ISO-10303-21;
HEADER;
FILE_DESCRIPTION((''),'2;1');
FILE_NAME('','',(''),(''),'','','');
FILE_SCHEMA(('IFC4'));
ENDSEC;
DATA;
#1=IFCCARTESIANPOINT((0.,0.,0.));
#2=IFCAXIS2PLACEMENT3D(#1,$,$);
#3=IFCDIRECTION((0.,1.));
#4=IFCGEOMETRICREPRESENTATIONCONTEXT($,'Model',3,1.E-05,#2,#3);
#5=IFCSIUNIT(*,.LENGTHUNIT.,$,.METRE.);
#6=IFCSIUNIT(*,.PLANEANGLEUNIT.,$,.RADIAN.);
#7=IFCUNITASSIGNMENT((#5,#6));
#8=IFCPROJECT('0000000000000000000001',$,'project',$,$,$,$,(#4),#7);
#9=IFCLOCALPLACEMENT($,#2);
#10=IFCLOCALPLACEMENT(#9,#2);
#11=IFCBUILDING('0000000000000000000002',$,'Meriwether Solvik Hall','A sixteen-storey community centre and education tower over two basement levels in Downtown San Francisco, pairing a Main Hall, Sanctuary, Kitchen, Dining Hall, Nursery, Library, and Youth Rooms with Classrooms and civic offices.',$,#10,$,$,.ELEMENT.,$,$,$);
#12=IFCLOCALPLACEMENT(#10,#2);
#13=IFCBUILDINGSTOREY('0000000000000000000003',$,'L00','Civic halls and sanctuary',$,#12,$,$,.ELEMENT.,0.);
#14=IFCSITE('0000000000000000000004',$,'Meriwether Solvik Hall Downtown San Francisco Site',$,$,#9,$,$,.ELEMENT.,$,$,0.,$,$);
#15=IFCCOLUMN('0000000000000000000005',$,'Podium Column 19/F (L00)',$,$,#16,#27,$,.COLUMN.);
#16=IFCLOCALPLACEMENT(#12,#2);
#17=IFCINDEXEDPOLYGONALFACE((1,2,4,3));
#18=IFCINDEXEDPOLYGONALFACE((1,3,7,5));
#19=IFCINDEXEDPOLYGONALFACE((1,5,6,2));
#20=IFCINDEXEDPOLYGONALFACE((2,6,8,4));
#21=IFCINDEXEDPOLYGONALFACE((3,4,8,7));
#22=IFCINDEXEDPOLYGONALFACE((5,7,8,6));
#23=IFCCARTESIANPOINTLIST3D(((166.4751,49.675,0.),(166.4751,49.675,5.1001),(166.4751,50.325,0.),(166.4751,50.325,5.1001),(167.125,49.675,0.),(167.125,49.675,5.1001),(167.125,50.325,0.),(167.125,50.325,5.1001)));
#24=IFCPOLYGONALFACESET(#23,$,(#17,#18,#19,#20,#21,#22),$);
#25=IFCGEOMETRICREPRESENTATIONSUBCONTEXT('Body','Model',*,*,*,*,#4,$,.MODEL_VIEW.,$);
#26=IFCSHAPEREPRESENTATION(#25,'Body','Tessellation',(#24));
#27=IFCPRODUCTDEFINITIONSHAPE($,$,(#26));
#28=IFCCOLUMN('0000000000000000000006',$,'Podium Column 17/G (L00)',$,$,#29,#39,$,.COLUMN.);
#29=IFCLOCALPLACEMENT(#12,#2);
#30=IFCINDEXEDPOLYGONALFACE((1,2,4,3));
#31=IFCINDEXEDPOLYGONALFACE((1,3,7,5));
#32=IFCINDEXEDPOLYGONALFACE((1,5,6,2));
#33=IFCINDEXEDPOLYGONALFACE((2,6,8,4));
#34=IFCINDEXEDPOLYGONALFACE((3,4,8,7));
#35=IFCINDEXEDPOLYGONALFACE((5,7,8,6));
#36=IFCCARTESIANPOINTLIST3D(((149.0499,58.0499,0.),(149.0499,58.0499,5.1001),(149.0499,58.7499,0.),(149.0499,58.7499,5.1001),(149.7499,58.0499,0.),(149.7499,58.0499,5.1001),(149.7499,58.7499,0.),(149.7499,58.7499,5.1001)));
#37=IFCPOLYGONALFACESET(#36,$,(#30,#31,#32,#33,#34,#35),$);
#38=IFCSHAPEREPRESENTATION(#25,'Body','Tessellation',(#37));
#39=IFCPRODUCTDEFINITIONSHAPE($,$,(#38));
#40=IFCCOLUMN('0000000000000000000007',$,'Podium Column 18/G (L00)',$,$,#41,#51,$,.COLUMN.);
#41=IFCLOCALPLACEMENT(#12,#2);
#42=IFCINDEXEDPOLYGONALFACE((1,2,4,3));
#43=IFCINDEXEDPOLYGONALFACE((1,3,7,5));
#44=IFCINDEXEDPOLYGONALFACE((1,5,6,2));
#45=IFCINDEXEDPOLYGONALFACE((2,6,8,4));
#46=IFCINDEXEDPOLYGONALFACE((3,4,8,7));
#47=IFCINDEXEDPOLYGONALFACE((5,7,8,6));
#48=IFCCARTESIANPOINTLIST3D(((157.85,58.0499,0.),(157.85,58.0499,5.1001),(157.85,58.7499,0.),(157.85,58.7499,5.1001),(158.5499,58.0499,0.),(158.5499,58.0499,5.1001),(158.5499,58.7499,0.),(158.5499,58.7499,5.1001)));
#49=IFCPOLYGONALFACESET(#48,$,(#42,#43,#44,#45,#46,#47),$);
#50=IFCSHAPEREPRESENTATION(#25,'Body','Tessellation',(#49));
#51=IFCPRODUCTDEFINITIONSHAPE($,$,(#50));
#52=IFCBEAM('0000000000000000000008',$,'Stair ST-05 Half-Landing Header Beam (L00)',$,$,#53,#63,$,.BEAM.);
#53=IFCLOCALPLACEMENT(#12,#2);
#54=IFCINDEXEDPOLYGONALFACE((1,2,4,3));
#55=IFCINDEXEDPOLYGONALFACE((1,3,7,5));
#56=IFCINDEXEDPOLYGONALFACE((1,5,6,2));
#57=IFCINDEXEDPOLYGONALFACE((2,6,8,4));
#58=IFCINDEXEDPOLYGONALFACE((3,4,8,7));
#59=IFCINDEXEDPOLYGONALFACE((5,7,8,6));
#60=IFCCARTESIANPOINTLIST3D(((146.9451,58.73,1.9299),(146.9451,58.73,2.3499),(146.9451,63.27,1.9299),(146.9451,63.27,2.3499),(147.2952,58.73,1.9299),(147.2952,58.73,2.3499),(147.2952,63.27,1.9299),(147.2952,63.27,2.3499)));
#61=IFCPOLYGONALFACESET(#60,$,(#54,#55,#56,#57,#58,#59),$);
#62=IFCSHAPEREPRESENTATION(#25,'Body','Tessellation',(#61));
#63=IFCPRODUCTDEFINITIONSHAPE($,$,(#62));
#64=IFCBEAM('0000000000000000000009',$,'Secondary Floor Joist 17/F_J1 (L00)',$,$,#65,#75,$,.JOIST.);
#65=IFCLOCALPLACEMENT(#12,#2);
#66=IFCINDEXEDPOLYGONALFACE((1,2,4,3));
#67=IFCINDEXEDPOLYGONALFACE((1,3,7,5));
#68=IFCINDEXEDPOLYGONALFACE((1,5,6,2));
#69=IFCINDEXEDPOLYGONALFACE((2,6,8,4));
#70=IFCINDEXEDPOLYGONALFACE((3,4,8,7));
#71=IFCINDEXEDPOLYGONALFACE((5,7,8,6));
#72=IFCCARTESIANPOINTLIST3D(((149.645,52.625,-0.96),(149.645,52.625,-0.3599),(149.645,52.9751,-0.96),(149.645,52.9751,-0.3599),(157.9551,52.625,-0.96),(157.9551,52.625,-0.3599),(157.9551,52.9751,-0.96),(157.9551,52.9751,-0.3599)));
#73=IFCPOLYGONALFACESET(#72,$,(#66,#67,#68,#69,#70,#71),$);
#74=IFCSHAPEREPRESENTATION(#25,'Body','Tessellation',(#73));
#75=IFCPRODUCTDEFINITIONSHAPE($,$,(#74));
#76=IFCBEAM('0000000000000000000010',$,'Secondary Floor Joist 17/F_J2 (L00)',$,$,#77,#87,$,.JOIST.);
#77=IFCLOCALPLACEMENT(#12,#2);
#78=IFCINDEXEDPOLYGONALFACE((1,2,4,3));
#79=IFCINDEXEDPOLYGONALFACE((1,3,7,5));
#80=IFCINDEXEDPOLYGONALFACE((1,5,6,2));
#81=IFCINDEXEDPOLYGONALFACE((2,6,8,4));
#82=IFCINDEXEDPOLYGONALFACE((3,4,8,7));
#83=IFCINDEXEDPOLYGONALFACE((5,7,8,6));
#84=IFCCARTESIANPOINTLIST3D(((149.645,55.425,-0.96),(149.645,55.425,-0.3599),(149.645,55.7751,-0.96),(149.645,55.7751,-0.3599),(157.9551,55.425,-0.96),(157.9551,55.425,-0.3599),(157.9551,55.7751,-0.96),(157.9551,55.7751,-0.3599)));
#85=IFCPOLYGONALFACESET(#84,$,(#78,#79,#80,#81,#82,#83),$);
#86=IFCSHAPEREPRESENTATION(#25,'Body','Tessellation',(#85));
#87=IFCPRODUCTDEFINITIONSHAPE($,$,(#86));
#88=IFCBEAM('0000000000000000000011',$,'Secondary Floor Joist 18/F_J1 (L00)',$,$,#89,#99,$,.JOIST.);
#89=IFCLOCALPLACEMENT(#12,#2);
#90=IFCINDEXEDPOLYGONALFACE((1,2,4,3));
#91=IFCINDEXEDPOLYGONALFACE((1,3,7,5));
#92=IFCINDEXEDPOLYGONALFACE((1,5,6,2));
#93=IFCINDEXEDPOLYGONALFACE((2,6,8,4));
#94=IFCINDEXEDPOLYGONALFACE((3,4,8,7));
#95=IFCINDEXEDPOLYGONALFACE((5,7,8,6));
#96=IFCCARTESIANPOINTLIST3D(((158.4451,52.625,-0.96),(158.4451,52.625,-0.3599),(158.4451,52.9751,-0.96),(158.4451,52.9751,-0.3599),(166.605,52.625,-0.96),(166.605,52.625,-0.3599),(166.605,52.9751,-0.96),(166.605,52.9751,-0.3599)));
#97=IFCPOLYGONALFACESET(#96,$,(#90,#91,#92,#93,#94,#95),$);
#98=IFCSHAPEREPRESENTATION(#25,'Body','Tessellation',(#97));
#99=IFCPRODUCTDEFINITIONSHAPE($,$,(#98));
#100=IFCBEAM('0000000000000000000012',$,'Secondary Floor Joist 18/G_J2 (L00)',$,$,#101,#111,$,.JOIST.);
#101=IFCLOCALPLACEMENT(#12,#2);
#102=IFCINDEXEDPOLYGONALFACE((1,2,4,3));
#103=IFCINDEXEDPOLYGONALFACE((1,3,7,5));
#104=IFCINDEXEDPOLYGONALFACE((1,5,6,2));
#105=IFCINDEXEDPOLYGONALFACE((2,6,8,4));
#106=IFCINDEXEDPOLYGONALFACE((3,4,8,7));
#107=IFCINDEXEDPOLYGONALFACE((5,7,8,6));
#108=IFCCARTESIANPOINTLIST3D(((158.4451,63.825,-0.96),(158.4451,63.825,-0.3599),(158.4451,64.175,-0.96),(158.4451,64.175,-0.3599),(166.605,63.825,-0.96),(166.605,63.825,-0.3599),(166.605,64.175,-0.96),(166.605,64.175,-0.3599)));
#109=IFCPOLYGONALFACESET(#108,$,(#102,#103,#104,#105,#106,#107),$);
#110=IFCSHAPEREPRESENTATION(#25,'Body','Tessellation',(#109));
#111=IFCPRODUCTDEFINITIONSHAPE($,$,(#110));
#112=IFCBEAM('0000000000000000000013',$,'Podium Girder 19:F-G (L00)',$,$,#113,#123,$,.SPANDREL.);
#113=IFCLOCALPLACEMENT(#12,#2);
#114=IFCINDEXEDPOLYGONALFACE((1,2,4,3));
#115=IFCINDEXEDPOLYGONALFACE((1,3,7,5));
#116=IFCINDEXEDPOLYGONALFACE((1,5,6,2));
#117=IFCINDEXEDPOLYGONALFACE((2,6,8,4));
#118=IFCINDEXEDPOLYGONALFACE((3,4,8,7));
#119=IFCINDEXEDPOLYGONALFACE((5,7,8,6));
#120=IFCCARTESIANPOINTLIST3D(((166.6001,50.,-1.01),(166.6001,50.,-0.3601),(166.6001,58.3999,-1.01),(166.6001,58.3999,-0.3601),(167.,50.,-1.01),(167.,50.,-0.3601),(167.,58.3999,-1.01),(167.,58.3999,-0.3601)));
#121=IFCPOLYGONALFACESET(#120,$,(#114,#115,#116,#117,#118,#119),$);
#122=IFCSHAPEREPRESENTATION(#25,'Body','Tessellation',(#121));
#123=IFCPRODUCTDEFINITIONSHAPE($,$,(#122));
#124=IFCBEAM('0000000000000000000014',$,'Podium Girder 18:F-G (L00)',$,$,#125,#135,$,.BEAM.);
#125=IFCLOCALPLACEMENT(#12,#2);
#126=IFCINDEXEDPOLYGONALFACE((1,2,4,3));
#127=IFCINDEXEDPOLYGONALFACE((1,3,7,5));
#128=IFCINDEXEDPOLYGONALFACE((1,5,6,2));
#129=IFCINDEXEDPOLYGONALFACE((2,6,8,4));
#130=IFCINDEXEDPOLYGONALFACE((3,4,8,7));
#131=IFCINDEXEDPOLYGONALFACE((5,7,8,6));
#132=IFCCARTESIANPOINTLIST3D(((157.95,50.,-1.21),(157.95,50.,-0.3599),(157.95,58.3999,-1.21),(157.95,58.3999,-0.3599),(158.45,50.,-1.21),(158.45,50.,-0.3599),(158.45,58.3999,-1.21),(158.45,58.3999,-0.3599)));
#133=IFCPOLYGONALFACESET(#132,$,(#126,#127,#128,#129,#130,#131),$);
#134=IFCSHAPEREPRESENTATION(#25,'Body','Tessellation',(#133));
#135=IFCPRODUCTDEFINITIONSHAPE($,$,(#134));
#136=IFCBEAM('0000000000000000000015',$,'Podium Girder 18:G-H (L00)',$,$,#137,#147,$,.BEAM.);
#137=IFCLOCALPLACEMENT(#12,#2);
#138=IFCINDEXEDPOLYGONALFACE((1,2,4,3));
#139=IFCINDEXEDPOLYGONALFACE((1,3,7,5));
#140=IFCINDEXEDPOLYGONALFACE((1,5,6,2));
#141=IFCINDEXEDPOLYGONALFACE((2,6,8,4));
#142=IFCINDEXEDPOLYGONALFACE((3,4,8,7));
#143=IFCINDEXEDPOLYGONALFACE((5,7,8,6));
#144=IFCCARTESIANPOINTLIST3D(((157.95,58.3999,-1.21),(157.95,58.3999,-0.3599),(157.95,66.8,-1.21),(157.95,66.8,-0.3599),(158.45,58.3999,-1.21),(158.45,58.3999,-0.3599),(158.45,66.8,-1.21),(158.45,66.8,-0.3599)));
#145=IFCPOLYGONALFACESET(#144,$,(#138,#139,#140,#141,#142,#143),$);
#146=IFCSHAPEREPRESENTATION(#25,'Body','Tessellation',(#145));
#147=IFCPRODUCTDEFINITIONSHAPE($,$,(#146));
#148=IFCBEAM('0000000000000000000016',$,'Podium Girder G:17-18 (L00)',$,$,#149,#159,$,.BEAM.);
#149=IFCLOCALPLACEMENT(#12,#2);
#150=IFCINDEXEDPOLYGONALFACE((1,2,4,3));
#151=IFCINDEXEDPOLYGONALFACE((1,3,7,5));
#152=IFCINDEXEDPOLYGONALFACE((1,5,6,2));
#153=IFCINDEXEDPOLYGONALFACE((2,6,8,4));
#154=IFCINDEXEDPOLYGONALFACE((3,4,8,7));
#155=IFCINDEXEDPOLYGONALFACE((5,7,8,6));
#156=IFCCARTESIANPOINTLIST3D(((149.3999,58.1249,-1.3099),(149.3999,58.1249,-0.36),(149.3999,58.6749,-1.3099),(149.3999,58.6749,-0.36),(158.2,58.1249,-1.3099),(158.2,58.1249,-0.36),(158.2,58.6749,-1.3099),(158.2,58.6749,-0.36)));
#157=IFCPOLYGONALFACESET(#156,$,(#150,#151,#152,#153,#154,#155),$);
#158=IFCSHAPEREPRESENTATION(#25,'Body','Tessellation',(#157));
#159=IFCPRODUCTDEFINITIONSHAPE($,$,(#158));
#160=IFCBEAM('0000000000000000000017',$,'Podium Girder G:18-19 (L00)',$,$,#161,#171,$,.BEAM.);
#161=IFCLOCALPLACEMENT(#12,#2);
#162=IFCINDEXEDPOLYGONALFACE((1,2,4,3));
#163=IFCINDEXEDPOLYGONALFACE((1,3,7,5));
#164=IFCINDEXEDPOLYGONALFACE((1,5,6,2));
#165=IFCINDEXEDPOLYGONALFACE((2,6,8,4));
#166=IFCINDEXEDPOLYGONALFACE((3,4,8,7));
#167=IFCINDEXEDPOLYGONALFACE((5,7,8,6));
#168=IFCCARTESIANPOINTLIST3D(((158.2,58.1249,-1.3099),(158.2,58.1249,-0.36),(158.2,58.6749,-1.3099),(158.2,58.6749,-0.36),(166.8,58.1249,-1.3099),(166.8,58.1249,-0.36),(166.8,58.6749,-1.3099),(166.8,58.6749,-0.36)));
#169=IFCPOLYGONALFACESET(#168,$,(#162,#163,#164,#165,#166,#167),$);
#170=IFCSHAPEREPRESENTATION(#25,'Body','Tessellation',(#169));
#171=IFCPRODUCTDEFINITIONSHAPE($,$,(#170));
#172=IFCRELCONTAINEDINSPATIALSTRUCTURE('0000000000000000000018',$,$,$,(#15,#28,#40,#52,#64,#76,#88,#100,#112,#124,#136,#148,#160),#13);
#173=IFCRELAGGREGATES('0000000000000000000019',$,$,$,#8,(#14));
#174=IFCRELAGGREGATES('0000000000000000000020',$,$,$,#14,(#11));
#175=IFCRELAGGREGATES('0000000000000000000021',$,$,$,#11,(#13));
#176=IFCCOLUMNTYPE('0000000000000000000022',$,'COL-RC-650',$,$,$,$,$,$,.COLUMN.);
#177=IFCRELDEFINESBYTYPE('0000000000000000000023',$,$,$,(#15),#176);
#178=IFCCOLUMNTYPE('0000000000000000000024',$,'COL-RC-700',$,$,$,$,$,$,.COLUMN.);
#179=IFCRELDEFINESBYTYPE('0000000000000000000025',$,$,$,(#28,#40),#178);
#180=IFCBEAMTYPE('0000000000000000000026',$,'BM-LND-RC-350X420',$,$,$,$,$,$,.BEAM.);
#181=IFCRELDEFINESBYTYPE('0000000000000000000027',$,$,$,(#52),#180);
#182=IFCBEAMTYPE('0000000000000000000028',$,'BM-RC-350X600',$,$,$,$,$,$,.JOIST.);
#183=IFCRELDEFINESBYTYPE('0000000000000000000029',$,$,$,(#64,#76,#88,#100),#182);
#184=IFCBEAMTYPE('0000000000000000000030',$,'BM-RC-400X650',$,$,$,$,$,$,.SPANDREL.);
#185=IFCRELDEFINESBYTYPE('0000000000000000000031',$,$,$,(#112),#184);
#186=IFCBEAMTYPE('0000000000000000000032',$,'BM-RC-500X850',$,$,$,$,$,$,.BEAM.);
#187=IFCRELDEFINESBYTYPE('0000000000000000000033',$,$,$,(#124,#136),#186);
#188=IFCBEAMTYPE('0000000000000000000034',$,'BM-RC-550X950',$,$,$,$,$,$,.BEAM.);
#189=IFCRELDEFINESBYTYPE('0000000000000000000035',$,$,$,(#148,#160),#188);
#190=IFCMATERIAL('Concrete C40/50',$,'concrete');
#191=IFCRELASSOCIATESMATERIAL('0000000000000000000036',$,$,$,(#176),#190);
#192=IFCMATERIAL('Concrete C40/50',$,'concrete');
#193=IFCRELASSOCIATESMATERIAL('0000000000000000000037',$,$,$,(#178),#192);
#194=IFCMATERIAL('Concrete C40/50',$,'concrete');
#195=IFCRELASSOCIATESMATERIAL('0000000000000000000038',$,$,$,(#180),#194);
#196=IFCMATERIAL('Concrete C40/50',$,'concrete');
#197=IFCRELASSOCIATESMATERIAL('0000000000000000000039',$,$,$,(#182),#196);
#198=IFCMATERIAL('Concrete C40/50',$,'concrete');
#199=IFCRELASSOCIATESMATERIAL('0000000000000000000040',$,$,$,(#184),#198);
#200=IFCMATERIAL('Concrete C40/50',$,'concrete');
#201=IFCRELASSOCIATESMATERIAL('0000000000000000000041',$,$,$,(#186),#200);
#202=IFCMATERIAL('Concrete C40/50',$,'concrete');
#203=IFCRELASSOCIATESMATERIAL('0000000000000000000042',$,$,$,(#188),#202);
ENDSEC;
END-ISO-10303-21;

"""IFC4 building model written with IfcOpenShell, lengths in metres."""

from ifc_helpers import new_model, si_unit, direction, frame, origin, origin_2d, place, context, subcontext, project, spatial, rectangle, extrude, material, material_profile, profile_set, type_object, element, save


model = new_model("IFC4")

# Units and contexts
model_context = context("Model", 3, precision=1e-05, world=origin(), true_north=direction((0.0, 1.0)))
body_context = subcontext(model_context, "Body", "Model", "MODEL_VIEW")
ifc_project = project(units=[si_unit("LENGTHUNIT", "METRE"), si_unit("PLANEANGLEUNIT", "RADIAN")], contexts=[model_context])

# Site, building, storey
site_placement = place(None, origin())
site = spatial("IfcSite", under=ifc_project, at=site_placement, Name="Meriwether Solvik Hall Downtown San Francisco Site", CompositionType="ELEMENT", RefElevation=0.0)
building_placement = place(site_placement, origin())
building = spatial("IfcBuilding", under=site, at=building_placement, Name="Meriwether Solvik Hall", Description="A sixteen-storey community centre and education tower over two basement levels in Downtown San Francisco, pairing a Main Hall, Sanctuary, Kitchen, Dining Hall, Nursery, Library, and Youth Rooms with Classrooms and civic offices.", CompositionType="ELEMENT")
storey_placement = place(building_placement, origin())
storey = spatial("IfcBuildingStorey", under=building, at=storey_placement, Name="L00", Description="Civic halls and sanctuary", CompositionType="ELEMENT", Elevation=0.0)

# Columns
ifc_material_1 = material(Name="Concrete C40/50", Category="concrete")
ifc_material_profile_1 = material_profile(ifc_material_1, rectangle(XDim=0.6499, YDim=0.6499, at=origin_2d()), Name="RCC-650X650")
ifc_profile_set_1 = profile_set([ifc_material_profile_1], Name="Concrete C40/50")
column_type_1 = type_object("IfcColumnType", Name="COL-RC-650", PredefinedType="COLUMN", material=ifc_profile_set_1)
column_placement = place(storey_placement, frame((166.8, 50.0, 0.0), z_axis=(0.0, 0.0, 1.0), x_axis=(1.0, 0.0, 0.0)))
element("IfcColumn", 1, at=column_placement, inside=storey, type_object=column_type_1, Name="Podium Column 19/F (L00)", PredefinedType="COLUMN", context=body_context, shape_type="SweptSolid", body=[
    extrude(rectangle(XDim=0.6499, YDim=0.6499, at=origin_2d()), origin(), (0.0, 0.0, 1.0), 5.1001),
])
ifc_material_2 = material(Name="Concrete C40/50", Category="concrete")
ifc_material_profile_2 = material_profile(ifc_material_2, rectangle(XDim=0.7, YDim=0.7, at=origin_2d()), Name="RCC-700X700")
ifc_profile_set_2 = profile_set([ifc_material_profile_2], Name="Concrete C40/50")
column_type_2 = type_object("IfcColumnType", Name="COL-RC-700", PredefinedType="COLUMN", material=ifc_profile_set_2)
for number, where, z_axis, x_axis, name in (
    (2, (149.3999, 58.3999, 0.0), (0.0, 0.0, 1.0), (1.0, 0.0, 0.0), "Podium Column 17/G (L00)"),
    (3, (158.2, 58.3999, 0.0), (0.0, 0.0, 1.0), (1.0, 0.0, 0.0), "Podium Column 18/G (L00)"),
):
    element("IfcColumn", number, at=place(storey_placement, frame(where, z_axis=z_axis, x_axis=x_axis)), inside=storey, type_object=column_type_2, Name=name, PredefinedType="COLUMN", context=body_context, shape_type="SweptSolid", body=[
        extrude(rectangle(XDim=0.7, YDim=0.7, at=origin_2d()), origin(), (0.0, 0.0, 1.0), 5.1001),
    ])

# Beams
ifc_material_3 = material(Name="Concrete C40/50", Category="concrete")
ifc_material_profile_3 = material_profile(ifc_material_3, rectangle(XDim=0.3501, YDim=0.4199, at=origin_2d()), Name="RCB-350X420")
ifc_profile_set_3 = profile_set([ifc_material_profile_3], Name="Concrete C40/50")
beam_type_1 = type_object("IfcBeamType", Name="BM-LND-RC-350X420", PredefinedType="BEAM", material=ifc_profile_set_3)
beam_1_placement = place(storey_placement, frame((147.1201, 58.73, 2.1399), z_axis=(0.0, 1.0, 0.0), x_axis=(-1.0, 0.0, 0.0)))
element("IfcBeam", 4, at=beam_1_placement, inside=storey, type_object=beam_type_1, Name="Stair ST-05 Half-Landing Header Beam (L00)", PredefinedType="BEAM", context=body_context, shape_type="SweptSolid", body=[
    extrude(rectangle(XDim=0.3501, YDim=0.4199, at=origin_2d()), origin(), (0.0, 0.0, 1.0), 4.54),
])
ifc_material_4 = material(Name="Concrete C40/50", Category="concrete")
ifc_material_profile_4 = material_profile(ifc_material_4, rectangle(XDim=0.3501, YDim=0.6001, at=origin_2d()), Name="RCB-350X600")
ifc_profile_set_4 = profile_set([ifc_material_profile_4], Name="Concrete C40/50")
beam_type_2 = type_object("IfcBeamType", Name="BM-RC-350X600", PredefinedType="JOIST", material=ifc_profile_set_4)
for number, where, z_axis, x_axis, name in (
    (5, (149.645, 52.8, -0.6599), (1.0, 0.0, 0.0), (0.0, 1.0, 0.0), "Secondary Floor Joist 17/F_J1 (L00)"),
    (6, (149.645, 55.6001, -0.6599), (1.0, 0.0, 0.0), (0.0, 1.0, 0.0), "Secondary Floor Joist 17/F_J2 (L00)"),
):
    element("IfcBeam", number, at=place(storey_placement, frame(where, z_axis=z_axis, x_axis=x_axis)), inside=storey, type_object=beam_type_2, Name=name, PredefinedType="JOIST", context=body_context, shape_type="SweptSolid", body=[
        extrude(rectangle(XDim=0.3501, YDim=0.6001, at=origin_2d()), origin(), (0.0, 0.0, 1.0), 8.3101),
    ])
for number, where, z_axis, x_axis, name in (
    (7, (158.4451, 52.8, -0.6599), (1.0, 0.0, 0.0), (0.0, 1.0, 0.0), "Secondary Floor Joist 18/F_J1 (L00)"),
    (8, (158.4451, 64.0, -0.6599), (1.0, 0.0, 0.0), (0.0, 1.0, 0.0), "Secondary Floor Joist 18/G_J2 (L00)"),
):
    element("IfcBeam", number, at=place(storey_placement, frame(where, z_axis=z_axis, x_axis=x_axis)), inside=storey, type_object=beam_type_2, Name=name, PredefinedType="JOIST", context=body_context, shape_type="SweptSolid", body=[
        extrude(rectangle(XDim=0.3501, YDim=0.6001, at=origin_2d()), origin(), (0.0, 0.0, 1.0), 8.1599),
    ])
ifc_material_5 = material(Name="Concrete C40/50", Category="concrete")
ifc_material_profile_5 = material_profile(ifc_material_5, rectangle(XDim=0.3999, YDim=0.6499, at=origin_2d()), Name="RCB-400X650")
ifc_profile_set_5 = profile_set([ifc_material_profile_5], Name="Concrete C40/50")
beam_type_3 = type_object("IfcBeamType", Name="BM-RC-400X650", PredefinedType="SPANDREL", material=ifc_profile_set_5)
beam_2_placement = place(storey_placement, frame((166.8, 50.0, -0.6851), z_axis=(0.0, 1.0, 0.0), x_axis=(-1.0, 0.0, 0.0)))
element("IfcBeam", 9, at=beam_2_placement, inside=storey, type_object=beam_type_3, Name="Podium Girder 19:F-G (L00)", PredefinedType="SPANDREL", context=body_context, shape_type="SweptSolid", body=[
    extrude(rectangle(XDim=0.3999, YDim=0.6499, at=origin_2d()), origin(), (0.0, 0.0, 1.0), 8.3999),
])
ifc_material_6 = material(Name="Concrete C40/50", Category="concrete")
ifc_material_profile_6 = material_profile(ifc_material_6, rectangle(XDim=0.5, YDim=0.8501, at=origin_2d()), Name="RCB-500X850")
ifc_profile_set_6 = profile_set([ifc_material_profile_6], Name="Concrete C40/50")
beam_type_4 = type_object("IfcBeamType", Name="BM-RC-500X850", PredefinedType="BEAM", material=ifc_profile_set_6)
beam_3_placement = place(storey_placement, frame((158.2, 50.0, -0.7849), z_axis=(0.0, 1.0, 0.0), x_axis=(-1.0, 0.0, 0.0)))
element("IfcBeam", 10, at=beam_3_placement, inside=storey, type_object=beam_type_4, Name="Podium Girder 18:F-G (L00)", PredefinedType="BEAM", context=body_context, shape_type="SweptSolid", body=[
    extrude(rectangle(XDim=0.5, YDim=0.8501, at=origin_2d()), origin(), (0.0, 0.0, 1.0), 8.3999),
])
beam_4_placement = place(storey_placement, frame((158.2, 58.3999, -0.7849), z_axis=(0.0, 1.0, 0.0), x_axis=(-1.0, 0.0, 0.0)))
element("IfcBeam", 11, at=beam_4_placement, inside=storey, type_object=beam_type_4, Name="Podium Girder 18:G-H (L00)", PredefinedType="BEAM", context=body_context, shape_type="SweptSolid", body=[
    extrude(rectangle(XDim=0.5, YDim=0.8501, at=origin_2d()), origin(), (0.0, 0.0, 1.0), 8.4001),
])
ifc_material_7 = material(Name="Concrete C40/50", Category="concrete")
ifc_material_profile_7 = material_profile(ifc_material_7, rectangle(XDim=0.55, YDim=0.95, at=origin_2d()), Name="RCB-550X950")
ifc_profile_set_7 = profile_set([ifc_material_profile_7], Name="Concrete C40/50")
beam_type_5 = type_object("IfcBeamType", Name="BM-RC-550X950", PredefinedType="BEAM", material=ifc_profile_set_7)
beam_5_placement = place(storey_placement, frame((149.3999, 58.3999, -0.835), z_axis=(1.0, 0.0, 0.0), x_axis=(0.0, 1.0, 0.0)))
element("IfcBeam", 12, at=beam_5_placement, inside=storey, type_object=beam_type_5, Name="Podium Girder G:17-18 (L00)", PredefinedType="BEAM", context=body_context, shape_type="SweptSolid", body=[
    extrude(rectangle(XDim=0.55, YDim=0.95, at=origin_2d()), origin(), (0.0, 0.0, 1.0), 8.8),
])
beam_6_placement = place(storey_placement, frame((158.2, 58.3999, -0.835), z_axis=(1.0, 0.0, 0.0), x_axis=(0.0, 1.0, 0.0)))
element("IfcBeam", 13, at=beam_6_placement, inside=storey, type_object=beam_type_5, Name="Podium Girder G:18-19 (L00)", PredefinedType="BEAM", context=body_context, shape_type="SweptSolid", body=[
    extrude(rectangle(XDim=0.55, YDim=0.95, at=origin_2d()), origin(), (0.0, 0.0, 1.0), 8.6001),
])

save(model, "model.ifc")
